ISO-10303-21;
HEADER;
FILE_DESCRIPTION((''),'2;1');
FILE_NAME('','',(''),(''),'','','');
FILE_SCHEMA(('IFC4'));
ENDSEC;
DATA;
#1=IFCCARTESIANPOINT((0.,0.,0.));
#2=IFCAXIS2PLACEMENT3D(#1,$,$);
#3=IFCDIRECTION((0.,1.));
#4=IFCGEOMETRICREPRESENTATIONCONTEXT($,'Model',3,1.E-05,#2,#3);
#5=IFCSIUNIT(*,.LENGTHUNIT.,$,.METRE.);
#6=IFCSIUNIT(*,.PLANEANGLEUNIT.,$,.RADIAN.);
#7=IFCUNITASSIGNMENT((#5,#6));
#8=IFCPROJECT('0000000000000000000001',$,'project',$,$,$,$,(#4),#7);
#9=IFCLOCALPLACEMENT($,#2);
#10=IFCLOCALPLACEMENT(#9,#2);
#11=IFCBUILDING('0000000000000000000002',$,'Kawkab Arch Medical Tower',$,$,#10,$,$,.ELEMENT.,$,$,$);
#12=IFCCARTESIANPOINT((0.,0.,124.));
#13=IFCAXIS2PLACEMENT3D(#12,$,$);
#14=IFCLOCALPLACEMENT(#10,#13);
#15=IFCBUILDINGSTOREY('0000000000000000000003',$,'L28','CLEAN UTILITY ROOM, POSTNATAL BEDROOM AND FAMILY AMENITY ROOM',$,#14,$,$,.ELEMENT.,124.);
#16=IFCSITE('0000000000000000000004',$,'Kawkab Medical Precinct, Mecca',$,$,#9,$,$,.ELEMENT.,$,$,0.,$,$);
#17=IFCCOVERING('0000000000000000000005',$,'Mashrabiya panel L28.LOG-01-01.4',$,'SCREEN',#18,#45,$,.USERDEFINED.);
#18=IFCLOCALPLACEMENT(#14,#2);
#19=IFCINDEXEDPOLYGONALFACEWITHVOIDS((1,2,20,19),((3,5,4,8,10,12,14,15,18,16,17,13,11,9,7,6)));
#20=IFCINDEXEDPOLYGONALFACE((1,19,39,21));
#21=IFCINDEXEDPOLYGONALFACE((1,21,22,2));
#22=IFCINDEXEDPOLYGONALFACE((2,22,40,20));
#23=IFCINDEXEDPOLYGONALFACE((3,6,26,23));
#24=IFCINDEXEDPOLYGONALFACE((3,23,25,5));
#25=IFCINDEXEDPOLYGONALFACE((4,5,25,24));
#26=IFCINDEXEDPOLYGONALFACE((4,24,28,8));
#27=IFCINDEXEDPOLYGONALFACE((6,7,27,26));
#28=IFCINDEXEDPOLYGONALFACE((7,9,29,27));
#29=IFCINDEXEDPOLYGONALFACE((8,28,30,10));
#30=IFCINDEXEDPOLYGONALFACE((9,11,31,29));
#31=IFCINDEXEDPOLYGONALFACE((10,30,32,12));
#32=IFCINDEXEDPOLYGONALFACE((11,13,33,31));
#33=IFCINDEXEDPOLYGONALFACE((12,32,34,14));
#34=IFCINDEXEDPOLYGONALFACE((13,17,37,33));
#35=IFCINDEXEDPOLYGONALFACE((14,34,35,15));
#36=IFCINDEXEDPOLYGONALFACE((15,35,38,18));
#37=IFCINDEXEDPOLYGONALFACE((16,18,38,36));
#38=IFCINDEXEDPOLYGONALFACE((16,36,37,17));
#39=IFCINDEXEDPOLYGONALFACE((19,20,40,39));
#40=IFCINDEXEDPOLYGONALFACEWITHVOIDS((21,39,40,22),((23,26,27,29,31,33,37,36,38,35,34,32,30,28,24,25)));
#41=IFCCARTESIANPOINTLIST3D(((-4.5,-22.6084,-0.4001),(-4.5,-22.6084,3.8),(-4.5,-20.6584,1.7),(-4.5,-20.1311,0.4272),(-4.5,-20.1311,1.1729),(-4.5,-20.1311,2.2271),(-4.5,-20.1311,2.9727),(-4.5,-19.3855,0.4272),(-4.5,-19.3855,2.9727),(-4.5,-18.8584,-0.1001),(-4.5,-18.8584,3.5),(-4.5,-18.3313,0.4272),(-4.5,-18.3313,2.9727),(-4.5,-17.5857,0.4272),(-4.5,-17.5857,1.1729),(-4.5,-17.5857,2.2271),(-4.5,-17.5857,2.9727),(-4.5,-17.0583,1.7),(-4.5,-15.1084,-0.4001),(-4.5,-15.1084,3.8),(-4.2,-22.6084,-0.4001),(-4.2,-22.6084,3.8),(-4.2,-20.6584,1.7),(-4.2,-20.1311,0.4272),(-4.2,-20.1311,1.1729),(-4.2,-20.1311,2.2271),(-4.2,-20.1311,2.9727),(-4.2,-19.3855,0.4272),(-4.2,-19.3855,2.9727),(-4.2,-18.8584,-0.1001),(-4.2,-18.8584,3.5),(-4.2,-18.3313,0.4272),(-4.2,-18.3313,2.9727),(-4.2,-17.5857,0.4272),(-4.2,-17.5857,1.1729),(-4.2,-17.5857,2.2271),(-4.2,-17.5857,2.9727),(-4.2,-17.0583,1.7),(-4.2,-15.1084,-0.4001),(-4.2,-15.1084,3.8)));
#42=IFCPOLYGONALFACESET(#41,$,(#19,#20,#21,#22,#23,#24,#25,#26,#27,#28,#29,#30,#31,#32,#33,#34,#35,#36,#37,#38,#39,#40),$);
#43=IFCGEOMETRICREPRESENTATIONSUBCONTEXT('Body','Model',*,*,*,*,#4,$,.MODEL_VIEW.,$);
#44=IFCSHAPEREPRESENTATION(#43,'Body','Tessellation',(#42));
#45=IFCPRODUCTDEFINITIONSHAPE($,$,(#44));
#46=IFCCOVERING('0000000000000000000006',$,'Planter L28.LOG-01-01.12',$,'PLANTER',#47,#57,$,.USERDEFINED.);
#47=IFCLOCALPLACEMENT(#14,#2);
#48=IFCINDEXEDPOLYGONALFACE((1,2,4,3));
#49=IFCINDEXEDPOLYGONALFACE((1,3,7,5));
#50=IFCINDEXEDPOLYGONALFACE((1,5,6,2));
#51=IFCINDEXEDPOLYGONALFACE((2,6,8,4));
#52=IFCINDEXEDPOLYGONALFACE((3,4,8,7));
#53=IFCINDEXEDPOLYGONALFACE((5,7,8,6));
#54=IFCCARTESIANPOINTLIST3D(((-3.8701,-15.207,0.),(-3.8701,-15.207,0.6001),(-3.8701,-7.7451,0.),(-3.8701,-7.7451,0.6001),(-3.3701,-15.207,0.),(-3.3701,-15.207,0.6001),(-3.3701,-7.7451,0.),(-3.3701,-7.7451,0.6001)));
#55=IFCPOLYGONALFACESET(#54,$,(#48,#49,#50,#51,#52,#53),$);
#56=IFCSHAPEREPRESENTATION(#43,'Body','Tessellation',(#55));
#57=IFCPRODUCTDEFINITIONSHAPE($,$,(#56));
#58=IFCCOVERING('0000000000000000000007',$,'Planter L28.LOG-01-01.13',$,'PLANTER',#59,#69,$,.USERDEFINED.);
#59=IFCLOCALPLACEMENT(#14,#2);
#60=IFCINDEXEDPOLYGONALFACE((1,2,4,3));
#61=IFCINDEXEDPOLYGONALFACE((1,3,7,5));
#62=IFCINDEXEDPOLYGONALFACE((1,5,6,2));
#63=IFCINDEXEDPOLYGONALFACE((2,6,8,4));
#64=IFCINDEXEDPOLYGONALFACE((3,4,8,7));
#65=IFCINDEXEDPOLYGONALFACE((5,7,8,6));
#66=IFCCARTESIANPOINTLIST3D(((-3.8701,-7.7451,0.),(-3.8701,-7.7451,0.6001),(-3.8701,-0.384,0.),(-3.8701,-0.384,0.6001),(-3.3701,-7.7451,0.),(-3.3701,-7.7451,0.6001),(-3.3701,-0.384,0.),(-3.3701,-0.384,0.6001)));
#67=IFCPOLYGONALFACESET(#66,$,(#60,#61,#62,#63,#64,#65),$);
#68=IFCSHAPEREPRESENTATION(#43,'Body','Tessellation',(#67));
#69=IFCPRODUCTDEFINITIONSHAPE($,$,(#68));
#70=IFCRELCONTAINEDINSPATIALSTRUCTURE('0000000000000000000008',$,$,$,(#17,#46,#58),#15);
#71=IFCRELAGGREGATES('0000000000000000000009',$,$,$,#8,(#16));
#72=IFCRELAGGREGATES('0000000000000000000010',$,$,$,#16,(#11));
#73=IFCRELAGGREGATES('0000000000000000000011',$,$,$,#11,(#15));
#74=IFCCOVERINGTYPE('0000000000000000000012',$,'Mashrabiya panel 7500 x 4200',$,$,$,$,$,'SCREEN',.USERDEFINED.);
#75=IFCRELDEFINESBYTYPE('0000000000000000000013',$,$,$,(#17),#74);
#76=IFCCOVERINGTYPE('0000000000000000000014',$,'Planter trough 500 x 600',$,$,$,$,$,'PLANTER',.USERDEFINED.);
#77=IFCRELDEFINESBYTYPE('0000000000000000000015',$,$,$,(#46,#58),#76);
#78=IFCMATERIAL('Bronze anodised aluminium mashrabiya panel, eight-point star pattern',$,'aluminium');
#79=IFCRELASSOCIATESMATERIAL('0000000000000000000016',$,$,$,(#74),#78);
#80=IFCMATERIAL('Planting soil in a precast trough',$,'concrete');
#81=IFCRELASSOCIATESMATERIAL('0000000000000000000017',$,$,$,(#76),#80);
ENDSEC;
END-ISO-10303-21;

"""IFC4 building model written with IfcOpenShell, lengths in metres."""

from ifc_helpers import new_model, si_unit, direction, frame, origin, origin_2d, place, context, subcontext, project, spatial, polyline, rectangle, outline, extrude, material, material_profile, profile_set, type_object, element, save


model = new_model("IFC4")

# Units and contexts
model_context = context("Model", 3, precision=1e-05, world=origin(), true_north=direction((0.0, 1.0)))
body_context = subcontext(model_context, "Body", "Model", "MODEL_VIEW")
ifc_project = project(units=[si_unit("LENGTHUNIT", "METRE"), si_unit("PLANEANGLEUNIT", "RADIAN")], contexts=[model_context])

# Site, building, storey
site_placement = place(None, origin())
site = spatial("IfcSite", under=ifc_project, at=site_placement, Name="Kawkab Medical Precinct, Mecca", CompositionType="ELEMENT", RefElevation=0.0)
building_placement = place(site_placement, origin())
building = spatial("IfcBuilding", under=site, at=building_placement, Name="Kawkab Arch Medical Tower", CompositionType="ELEMENT")
storey_placement = place(building_placement, frame((0.0, 0.0, 124.0)))
storey = spatial("IfcBuildingStorey", under=building, at=storey_placement, Name="L28", Description="CLEAN UTILITY ROOM, POSTNATAL BEDROOM AND FAMILY AMENITY ROOM", CompositionType="ELEMENT", Elevation=124.0)

# Coverings
ifc_material_1 = material(Name="Bronze anodised aluminium mashrabiya panel, eight-point star pattern", Category="aluminium")
ifc_material_profile_1 = material_profile(ifc_material_1, outline(polyline([(-3.75, -2.1001), (3.75, -2.1001), (3.75, 2.1001), (-3.75, 2.1001), (-3.75, -2.1001)]), holes=[polyline([(1.8, 0.0), (1.2727, 0.5271), (1.2727, 1.2727), (0.5271, 1.2727), (0.0, 1.8), (-0.5271, 1.2727), (-1.2727, 1.2727), (-1.2727, 0.5271), (-1.8, 0.0), (-1.2727, -0.5271), (-1.2727, -1.2727), (-0.5271, -1.2727), (0.0, -1.8), (0.5271, -1.2727), (1.2727, -1.2727), (1.2727, -0.5271), (1.8, 0.0)])]), Name="Mashrabiya panel 7500x4200")
ifc_profile_set_1 = profile_set([ifc_material_profile_1], Name="Bronze anodised aluminium mashrabiya panel, eight-point star pattern")
covering_type_1 = type_object("IfcCoveringType", Name="Mashrabiya panel 7500 x 4200", ElementType="SCREEN", PredefinedType="USERDEFINED", material=ifc_profile_set_1)
covering_1_placement = place(storey_placement, frame((-4.2, -18.8584, 1.7), z_axis=(-1.0, 0.0, 0.0), x_axis=(0.0, -1.0, 0.0)))
element("IfcCovering", 1, at=covering_1_placement, inside=storey, type_object=covering_type_1, Name="Mashrabiya panel L28.LOG-01-01.4", ObjectType="SCREEN", PredefinedType="USERDEFINED", context=body_context, shape_type="SweptSolid", body=[
    extrude(outline(polyline([(-3.75, -2.1001), (3.75, -2.1001), (3.75, 2.1001), (-3.75, 2.1001), (-3.75, -2.1001)]), holes=[polyline([(1.8, 0.0), (1.2727, 0.5271), (1.2727, 1.2727), (0.5271, 1.2727), (0.0, 1.8), (-0.5271, 1.2727), (-1.2727, 1.2727), (-1.2727, 0.5271), (-1.8, 0.0), (-1.2727, -0.5271), (-1.2727, -1.2727), (-0.5271, -1.2727), (0.0, -1.8), (0.5271, -1.2727), (1.2727, -1.2727), (1.2727, -0.5271), (1.8, 0.0)])]), origin(), (0.0, 0.0, 1.0), 0.3),
])
ifc_material_2 = material(Name="Planting soil in a precast trough", Category="concrete")
ifc_material_profile_2 = material_profile(ifc_material_2, rectangle(XDim=0.5, YDim=0.6001, at=origin_2d()), Name="Trough 500x600")
ifc_profile_set_2 = profile_set([ifc_material_profile_2], Name="Planting soil in a precast trough")
covering_type_2 = type_object("IfcCoveringType", Name="Planter trough 500 x 600", ElementType="PLANTER", PredefinedType="USERDEFINED", material=ifc_profile_set_2)
covering_2_placement = place(storey_placement, frame((-3.6201, -15.207, 0.3), z_axis=(0.0, 1.0, 0.0), x_axis=(-1.0, 0.0, 0.0)))
element("IfcCovering", 2, at=covering_2_placement, inside=storey, type_object=covering_type_2, Name="Planter L28.LOG-01-01.12", ObjectType="PLANTER", PredefinedType="USERDEFINED", context=body_context, shape_type="SweptSolid", body=[
    extrude(rectangle(XDim=0.5, YDim=0.6001, at=origin_2d()), origin(), (0.0, 0.0, 1.0), 7.4619),
])
covering_3_placement = place(storey_placement, frame((-3.6201, -7.7451, 0.3), z_axis=(0.0, 1.0, 0.0), x_axis=(-1.0, 0.0, 0.0)))
element("IfcCovering", 3, at=covering_3_placement, inside=storey, type_object=covering_type_2, Name="Planter L28.LOG-01-01.13", ObjectType="PLANTER", PredefinedType="USERDEFINED", context=body_context, shape_type="SweptSolid", body=[
    extrude(rectangle(XDim=0.5, YDim=0.6001, at=origin_2d()), origin(), (0.0, 0.0, 1.0), 7.3611),
])

save(model, "model.ifc")
